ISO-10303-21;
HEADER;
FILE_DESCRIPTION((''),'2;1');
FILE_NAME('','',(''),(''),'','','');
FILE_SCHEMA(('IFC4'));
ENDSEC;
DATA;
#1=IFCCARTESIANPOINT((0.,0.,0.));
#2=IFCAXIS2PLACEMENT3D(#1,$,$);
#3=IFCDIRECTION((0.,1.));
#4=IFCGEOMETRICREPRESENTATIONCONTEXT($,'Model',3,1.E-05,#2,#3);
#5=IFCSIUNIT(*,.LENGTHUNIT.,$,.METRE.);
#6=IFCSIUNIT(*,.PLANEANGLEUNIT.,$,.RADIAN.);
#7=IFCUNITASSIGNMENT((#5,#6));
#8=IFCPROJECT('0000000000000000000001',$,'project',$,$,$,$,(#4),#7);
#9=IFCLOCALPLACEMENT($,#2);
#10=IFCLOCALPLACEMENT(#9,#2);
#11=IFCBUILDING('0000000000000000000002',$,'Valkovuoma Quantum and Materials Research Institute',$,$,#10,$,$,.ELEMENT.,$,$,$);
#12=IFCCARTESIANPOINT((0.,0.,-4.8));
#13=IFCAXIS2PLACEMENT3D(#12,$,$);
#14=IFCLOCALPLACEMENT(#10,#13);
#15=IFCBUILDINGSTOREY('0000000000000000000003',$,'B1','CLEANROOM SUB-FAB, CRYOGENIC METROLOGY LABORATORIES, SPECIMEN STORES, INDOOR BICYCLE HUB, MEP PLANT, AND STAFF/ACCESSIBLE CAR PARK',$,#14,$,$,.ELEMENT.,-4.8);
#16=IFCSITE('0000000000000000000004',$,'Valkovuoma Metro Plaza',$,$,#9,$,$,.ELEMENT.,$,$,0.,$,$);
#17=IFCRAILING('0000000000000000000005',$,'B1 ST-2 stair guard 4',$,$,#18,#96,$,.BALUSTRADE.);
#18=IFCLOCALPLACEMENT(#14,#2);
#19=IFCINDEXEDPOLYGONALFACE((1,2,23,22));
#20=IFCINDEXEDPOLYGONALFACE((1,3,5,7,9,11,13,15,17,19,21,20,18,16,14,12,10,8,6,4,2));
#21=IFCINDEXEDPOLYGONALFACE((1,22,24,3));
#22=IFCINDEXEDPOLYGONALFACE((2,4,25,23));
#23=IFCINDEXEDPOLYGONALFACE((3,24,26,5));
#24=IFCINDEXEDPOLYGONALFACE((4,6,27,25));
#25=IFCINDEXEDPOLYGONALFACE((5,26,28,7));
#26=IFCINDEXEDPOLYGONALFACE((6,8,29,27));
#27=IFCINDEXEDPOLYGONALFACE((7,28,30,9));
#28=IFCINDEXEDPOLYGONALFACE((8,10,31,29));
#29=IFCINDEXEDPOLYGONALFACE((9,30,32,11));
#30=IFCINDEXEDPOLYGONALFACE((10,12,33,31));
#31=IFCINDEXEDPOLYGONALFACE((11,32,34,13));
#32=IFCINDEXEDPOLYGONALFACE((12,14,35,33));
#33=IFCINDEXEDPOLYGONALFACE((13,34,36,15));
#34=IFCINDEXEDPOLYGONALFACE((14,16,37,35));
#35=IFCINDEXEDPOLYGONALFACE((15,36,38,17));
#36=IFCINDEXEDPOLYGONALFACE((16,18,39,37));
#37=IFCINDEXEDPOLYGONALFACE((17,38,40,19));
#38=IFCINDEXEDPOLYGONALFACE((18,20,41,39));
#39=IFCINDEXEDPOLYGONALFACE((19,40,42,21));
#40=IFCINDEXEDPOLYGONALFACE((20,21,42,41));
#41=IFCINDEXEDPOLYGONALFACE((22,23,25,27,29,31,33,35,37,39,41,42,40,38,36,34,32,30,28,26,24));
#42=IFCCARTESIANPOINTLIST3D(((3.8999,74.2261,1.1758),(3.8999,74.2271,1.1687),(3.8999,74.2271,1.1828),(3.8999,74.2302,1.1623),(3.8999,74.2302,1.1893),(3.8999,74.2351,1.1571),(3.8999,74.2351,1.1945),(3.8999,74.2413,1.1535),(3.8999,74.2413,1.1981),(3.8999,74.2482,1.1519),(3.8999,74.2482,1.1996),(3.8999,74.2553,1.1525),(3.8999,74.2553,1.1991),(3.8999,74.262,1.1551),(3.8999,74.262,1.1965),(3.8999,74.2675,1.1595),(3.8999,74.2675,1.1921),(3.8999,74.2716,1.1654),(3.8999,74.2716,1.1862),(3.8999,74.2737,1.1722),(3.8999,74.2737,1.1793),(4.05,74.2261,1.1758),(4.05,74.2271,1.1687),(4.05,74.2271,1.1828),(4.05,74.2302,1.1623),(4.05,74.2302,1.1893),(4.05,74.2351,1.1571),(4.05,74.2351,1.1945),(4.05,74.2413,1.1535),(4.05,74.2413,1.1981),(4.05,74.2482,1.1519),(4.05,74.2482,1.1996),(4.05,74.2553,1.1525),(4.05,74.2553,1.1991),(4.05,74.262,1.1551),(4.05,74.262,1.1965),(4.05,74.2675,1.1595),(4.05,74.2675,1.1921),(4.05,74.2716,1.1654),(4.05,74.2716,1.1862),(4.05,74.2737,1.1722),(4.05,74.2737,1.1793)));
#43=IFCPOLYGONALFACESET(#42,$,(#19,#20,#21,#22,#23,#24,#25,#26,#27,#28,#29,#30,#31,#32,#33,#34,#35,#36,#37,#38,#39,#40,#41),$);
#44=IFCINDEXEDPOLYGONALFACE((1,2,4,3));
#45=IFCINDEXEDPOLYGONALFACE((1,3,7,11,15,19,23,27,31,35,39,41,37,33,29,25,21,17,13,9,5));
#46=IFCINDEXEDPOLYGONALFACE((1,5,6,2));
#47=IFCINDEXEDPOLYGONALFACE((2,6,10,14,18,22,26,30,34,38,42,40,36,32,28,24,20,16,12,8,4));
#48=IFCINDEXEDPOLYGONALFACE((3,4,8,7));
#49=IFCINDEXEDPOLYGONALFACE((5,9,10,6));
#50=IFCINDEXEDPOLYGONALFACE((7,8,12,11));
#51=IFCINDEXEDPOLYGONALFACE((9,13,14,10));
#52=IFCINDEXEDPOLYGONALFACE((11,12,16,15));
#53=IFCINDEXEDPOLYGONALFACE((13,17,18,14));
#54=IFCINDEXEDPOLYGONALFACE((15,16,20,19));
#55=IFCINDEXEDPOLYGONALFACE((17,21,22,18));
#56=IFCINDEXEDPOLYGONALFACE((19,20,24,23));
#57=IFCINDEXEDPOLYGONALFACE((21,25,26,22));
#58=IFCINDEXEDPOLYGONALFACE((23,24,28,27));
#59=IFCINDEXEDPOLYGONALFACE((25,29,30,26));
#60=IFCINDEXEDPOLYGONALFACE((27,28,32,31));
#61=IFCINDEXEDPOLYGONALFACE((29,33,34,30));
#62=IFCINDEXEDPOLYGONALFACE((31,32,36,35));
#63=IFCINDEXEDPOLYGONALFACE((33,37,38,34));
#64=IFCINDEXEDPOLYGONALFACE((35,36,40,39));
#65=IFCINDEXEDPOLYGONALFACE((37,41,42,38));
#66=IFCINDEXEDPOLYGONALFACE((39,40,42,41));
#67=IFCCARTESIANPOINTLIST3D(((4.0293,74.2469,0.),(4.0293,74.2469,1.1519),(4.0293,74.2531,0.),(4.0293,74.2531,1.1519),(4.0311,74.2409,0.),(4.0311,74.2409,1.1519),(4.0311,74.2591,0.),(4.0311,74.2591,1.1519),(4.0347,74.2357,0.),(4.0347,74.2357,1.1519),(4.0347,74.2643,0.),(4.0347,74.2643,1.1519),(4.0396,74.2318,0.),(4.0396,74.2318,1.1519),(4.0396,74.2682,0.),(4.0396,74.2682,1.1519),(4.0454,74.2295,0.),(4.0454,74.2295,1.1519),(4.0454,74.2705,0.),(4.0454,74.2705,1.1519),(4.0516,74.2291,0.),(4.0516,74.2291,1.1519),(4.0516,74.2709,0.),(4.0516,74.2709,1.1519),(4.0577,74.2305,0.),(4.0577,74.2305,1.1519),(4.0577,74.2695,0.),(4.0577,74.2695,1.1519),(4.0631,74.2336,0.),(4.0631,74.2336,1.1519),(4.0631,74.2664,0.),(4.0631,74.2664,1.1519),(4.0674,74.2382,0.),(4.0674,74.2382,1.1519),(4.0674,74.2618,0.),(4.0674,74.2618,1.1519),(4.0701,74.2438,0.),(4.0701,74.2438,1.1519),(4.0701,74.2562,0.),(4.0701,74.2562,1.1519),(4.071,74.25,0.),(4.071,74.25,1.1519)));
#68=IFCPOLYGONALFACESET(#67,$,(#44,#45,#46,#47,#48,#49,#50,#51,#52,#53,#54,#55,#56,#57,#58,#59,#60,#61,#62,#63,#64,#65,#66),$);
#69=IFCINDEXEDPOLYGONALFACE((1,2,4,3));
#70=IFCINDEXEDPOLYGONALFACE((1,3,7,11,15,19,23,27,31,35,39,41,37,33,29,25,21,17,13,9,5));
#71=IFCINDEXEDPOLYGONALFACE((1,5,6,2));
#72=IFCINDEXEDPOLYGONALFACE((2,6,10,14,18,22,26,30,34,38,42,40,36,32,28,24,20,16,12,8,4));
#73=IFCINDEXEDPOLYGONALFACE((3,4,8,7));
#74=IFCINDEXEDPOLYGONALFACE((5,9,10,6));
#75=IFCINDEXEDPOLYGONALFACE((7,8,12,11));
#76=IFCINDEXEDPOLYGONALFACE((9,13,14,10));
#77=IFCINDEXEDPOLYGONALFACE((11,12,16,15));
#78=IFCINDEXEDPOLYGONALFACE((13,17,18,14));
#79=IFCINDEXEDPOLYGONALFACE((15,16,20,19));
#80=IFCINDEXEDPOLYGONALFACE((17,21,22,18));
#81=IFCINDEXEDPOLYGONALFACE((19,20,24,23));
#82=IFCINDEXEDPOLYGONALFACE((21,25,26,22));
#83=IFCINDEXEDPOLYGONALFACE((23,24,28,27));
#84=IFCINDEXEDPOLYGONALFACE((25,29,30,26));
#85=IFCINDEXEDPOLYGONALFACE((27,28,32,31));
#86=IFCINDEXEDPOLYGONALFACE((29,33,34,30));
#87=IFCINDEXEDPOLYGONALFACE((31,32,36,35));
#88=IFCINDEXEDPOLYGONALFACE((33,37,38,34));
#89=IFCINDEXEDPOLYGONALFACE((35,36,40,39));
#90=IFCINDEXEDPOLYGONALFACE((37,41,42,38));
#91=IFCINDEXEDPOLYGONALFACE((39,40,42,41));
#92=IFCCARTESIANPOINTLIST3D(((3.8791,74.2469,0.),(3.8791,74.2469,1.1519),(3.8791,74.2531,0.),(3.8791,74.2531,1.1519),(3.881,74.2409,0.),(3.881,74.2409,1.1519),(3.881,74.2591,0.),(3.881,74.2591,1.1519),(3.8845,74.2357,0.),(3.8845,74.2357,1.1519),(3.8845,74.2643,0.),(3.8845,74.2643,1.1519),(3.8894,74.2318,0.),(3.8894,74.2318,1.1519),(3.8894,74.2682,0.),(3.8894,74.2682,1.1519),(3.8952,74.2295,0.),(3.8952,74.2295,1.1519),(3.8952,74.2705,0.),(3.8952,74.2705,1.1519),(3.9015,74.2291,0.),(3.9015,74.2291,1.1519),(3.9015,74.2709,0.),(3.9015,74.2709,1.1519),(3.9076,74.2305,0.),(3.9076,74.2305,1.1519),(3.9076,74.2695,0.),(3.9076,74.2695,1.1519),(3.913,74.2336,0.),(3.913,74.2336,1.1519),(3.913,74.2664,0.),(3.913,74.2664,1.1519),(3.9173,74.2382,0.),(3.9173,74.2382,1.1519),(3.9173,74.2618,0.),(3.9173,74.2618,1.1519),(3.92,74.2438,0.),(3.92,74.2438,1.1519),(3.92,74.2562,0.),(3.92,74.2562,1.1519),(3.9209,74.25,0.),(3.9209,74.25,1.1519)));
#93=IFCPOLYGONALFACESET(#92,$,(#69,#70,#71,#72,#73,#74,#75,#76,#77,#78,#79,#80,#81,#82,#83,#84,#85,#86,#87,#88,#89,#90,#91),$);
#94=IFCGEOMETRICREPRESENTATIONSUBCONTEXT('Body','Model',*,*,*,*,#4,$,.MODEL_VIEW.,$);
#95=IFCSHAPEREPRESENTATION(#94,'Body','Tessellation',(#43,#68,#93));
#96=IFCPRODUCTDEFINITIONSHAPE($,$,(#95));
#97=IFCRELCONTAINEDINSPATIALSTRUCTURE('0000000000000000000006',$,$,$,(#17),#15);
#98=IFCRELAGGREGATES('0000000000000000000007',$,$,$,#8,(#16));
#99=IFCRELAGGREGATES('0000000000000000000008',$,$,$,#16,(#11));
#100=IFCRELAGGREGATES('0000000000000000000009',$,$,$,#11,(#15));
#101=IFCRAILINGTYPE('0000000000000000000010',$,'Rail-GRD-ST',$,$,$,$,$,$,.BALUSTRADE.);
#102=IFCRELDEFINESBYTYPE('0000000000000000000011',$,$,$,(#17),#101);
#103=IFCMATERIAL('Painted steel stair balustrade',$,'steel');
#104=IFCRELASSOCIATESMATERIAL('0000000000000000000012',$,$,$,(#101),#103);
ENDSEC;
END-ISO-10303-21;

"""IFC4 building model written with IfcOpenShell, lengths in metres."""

from ifc_helpers import new_model, si_unit, direction, frame, origin, origin_2d, place, context, subcontext, project, spatial, circle, extrude, material, type_object, element, save


model = new_model("IFC4")

# Units and contexts
model_context = context("Model", 3, precision=1e-05, world=origin(), true_north=direction((0.0, 1.0)))
body_context = subcontext(model_context, "Body", "Model", "MODEL_VIEW")
ifc_project = project(units=[si_unit("LENGTHUNIT", "METRE"), si_unit("PLANEANGLEUNIT", "RADIAN")], contexts=[model_context])

# Site, building, storey
site_placement = place(None, origin())
site = spatial("IfcSite", under=ifc_project, at=site_placement, Name="Valkovuoma Metro Plaza", CompositionType="ELEMENT", RefElevation=0.0)
building_placement = place(site_placement, origin())
building = spatial("IfcBuilding", under=site, at=building_placement, Name="Valkovuoma Quantum and Materials Research Institute", CompositionType="ELEMENT")
storey_placement = place(building_placement, frame((0.0, 0.0, -4.8)))
storey = spatial("IfcBuildingStorey", under=building, at=storey_placement, Name="B1", Description="CLEANROOM SUB-FAB, CRYOGENIC METROLOGY LABORATORIES, SPECIMEN STORES, INDOOR BICYCLE HUB, MEP PLANT, AND STAFF/ACCESSIBLE CAR PARK", CompositionType="ELEMENT", Elevation=-4.8)

# Railing
ifc_material_1 = material(Name="Painted steel stair balustrade", Category="steel")
railing_type_1 = type_object("IfcRailingType", Name="Rail-GRD-ST", PredefinedType="BALUSTRADE", material=ifc_material_1)
railing_1_placement = place(storey_placement, frame((4.05, 74.25, 0.0)))
element("IfcRailing", 1, at=railing_1_placement, inside=storey, type_object=railing_type_1, Name="B1 ST-2 stair guard 4", PredefinedType="BALUSTRADE", context=body_context, shape_type="SweptSolid", body=[
    extrude(circle(Radius=0.0239, at=origin_2d()), frame((0.0, 0.0, 1.1758), z_axis=(-1.0, 0.0, 0.0), x_axis=(0.0, -1.0, 0.0)), (0.0, 0.0, 1.0), 0.1501),
    extrude(circle(Radius=0.021, at=origin_2d()), origin(), (0.0, 0.0, 1.0), 1.1519),
    extrude(circle(Radius=0.021, at=origin_2d()), frame((-0.1501, 0.0, 0.0)), (0.0, 0.0, 1.0), 1.1519),
])

save(model, "model.ifc")
